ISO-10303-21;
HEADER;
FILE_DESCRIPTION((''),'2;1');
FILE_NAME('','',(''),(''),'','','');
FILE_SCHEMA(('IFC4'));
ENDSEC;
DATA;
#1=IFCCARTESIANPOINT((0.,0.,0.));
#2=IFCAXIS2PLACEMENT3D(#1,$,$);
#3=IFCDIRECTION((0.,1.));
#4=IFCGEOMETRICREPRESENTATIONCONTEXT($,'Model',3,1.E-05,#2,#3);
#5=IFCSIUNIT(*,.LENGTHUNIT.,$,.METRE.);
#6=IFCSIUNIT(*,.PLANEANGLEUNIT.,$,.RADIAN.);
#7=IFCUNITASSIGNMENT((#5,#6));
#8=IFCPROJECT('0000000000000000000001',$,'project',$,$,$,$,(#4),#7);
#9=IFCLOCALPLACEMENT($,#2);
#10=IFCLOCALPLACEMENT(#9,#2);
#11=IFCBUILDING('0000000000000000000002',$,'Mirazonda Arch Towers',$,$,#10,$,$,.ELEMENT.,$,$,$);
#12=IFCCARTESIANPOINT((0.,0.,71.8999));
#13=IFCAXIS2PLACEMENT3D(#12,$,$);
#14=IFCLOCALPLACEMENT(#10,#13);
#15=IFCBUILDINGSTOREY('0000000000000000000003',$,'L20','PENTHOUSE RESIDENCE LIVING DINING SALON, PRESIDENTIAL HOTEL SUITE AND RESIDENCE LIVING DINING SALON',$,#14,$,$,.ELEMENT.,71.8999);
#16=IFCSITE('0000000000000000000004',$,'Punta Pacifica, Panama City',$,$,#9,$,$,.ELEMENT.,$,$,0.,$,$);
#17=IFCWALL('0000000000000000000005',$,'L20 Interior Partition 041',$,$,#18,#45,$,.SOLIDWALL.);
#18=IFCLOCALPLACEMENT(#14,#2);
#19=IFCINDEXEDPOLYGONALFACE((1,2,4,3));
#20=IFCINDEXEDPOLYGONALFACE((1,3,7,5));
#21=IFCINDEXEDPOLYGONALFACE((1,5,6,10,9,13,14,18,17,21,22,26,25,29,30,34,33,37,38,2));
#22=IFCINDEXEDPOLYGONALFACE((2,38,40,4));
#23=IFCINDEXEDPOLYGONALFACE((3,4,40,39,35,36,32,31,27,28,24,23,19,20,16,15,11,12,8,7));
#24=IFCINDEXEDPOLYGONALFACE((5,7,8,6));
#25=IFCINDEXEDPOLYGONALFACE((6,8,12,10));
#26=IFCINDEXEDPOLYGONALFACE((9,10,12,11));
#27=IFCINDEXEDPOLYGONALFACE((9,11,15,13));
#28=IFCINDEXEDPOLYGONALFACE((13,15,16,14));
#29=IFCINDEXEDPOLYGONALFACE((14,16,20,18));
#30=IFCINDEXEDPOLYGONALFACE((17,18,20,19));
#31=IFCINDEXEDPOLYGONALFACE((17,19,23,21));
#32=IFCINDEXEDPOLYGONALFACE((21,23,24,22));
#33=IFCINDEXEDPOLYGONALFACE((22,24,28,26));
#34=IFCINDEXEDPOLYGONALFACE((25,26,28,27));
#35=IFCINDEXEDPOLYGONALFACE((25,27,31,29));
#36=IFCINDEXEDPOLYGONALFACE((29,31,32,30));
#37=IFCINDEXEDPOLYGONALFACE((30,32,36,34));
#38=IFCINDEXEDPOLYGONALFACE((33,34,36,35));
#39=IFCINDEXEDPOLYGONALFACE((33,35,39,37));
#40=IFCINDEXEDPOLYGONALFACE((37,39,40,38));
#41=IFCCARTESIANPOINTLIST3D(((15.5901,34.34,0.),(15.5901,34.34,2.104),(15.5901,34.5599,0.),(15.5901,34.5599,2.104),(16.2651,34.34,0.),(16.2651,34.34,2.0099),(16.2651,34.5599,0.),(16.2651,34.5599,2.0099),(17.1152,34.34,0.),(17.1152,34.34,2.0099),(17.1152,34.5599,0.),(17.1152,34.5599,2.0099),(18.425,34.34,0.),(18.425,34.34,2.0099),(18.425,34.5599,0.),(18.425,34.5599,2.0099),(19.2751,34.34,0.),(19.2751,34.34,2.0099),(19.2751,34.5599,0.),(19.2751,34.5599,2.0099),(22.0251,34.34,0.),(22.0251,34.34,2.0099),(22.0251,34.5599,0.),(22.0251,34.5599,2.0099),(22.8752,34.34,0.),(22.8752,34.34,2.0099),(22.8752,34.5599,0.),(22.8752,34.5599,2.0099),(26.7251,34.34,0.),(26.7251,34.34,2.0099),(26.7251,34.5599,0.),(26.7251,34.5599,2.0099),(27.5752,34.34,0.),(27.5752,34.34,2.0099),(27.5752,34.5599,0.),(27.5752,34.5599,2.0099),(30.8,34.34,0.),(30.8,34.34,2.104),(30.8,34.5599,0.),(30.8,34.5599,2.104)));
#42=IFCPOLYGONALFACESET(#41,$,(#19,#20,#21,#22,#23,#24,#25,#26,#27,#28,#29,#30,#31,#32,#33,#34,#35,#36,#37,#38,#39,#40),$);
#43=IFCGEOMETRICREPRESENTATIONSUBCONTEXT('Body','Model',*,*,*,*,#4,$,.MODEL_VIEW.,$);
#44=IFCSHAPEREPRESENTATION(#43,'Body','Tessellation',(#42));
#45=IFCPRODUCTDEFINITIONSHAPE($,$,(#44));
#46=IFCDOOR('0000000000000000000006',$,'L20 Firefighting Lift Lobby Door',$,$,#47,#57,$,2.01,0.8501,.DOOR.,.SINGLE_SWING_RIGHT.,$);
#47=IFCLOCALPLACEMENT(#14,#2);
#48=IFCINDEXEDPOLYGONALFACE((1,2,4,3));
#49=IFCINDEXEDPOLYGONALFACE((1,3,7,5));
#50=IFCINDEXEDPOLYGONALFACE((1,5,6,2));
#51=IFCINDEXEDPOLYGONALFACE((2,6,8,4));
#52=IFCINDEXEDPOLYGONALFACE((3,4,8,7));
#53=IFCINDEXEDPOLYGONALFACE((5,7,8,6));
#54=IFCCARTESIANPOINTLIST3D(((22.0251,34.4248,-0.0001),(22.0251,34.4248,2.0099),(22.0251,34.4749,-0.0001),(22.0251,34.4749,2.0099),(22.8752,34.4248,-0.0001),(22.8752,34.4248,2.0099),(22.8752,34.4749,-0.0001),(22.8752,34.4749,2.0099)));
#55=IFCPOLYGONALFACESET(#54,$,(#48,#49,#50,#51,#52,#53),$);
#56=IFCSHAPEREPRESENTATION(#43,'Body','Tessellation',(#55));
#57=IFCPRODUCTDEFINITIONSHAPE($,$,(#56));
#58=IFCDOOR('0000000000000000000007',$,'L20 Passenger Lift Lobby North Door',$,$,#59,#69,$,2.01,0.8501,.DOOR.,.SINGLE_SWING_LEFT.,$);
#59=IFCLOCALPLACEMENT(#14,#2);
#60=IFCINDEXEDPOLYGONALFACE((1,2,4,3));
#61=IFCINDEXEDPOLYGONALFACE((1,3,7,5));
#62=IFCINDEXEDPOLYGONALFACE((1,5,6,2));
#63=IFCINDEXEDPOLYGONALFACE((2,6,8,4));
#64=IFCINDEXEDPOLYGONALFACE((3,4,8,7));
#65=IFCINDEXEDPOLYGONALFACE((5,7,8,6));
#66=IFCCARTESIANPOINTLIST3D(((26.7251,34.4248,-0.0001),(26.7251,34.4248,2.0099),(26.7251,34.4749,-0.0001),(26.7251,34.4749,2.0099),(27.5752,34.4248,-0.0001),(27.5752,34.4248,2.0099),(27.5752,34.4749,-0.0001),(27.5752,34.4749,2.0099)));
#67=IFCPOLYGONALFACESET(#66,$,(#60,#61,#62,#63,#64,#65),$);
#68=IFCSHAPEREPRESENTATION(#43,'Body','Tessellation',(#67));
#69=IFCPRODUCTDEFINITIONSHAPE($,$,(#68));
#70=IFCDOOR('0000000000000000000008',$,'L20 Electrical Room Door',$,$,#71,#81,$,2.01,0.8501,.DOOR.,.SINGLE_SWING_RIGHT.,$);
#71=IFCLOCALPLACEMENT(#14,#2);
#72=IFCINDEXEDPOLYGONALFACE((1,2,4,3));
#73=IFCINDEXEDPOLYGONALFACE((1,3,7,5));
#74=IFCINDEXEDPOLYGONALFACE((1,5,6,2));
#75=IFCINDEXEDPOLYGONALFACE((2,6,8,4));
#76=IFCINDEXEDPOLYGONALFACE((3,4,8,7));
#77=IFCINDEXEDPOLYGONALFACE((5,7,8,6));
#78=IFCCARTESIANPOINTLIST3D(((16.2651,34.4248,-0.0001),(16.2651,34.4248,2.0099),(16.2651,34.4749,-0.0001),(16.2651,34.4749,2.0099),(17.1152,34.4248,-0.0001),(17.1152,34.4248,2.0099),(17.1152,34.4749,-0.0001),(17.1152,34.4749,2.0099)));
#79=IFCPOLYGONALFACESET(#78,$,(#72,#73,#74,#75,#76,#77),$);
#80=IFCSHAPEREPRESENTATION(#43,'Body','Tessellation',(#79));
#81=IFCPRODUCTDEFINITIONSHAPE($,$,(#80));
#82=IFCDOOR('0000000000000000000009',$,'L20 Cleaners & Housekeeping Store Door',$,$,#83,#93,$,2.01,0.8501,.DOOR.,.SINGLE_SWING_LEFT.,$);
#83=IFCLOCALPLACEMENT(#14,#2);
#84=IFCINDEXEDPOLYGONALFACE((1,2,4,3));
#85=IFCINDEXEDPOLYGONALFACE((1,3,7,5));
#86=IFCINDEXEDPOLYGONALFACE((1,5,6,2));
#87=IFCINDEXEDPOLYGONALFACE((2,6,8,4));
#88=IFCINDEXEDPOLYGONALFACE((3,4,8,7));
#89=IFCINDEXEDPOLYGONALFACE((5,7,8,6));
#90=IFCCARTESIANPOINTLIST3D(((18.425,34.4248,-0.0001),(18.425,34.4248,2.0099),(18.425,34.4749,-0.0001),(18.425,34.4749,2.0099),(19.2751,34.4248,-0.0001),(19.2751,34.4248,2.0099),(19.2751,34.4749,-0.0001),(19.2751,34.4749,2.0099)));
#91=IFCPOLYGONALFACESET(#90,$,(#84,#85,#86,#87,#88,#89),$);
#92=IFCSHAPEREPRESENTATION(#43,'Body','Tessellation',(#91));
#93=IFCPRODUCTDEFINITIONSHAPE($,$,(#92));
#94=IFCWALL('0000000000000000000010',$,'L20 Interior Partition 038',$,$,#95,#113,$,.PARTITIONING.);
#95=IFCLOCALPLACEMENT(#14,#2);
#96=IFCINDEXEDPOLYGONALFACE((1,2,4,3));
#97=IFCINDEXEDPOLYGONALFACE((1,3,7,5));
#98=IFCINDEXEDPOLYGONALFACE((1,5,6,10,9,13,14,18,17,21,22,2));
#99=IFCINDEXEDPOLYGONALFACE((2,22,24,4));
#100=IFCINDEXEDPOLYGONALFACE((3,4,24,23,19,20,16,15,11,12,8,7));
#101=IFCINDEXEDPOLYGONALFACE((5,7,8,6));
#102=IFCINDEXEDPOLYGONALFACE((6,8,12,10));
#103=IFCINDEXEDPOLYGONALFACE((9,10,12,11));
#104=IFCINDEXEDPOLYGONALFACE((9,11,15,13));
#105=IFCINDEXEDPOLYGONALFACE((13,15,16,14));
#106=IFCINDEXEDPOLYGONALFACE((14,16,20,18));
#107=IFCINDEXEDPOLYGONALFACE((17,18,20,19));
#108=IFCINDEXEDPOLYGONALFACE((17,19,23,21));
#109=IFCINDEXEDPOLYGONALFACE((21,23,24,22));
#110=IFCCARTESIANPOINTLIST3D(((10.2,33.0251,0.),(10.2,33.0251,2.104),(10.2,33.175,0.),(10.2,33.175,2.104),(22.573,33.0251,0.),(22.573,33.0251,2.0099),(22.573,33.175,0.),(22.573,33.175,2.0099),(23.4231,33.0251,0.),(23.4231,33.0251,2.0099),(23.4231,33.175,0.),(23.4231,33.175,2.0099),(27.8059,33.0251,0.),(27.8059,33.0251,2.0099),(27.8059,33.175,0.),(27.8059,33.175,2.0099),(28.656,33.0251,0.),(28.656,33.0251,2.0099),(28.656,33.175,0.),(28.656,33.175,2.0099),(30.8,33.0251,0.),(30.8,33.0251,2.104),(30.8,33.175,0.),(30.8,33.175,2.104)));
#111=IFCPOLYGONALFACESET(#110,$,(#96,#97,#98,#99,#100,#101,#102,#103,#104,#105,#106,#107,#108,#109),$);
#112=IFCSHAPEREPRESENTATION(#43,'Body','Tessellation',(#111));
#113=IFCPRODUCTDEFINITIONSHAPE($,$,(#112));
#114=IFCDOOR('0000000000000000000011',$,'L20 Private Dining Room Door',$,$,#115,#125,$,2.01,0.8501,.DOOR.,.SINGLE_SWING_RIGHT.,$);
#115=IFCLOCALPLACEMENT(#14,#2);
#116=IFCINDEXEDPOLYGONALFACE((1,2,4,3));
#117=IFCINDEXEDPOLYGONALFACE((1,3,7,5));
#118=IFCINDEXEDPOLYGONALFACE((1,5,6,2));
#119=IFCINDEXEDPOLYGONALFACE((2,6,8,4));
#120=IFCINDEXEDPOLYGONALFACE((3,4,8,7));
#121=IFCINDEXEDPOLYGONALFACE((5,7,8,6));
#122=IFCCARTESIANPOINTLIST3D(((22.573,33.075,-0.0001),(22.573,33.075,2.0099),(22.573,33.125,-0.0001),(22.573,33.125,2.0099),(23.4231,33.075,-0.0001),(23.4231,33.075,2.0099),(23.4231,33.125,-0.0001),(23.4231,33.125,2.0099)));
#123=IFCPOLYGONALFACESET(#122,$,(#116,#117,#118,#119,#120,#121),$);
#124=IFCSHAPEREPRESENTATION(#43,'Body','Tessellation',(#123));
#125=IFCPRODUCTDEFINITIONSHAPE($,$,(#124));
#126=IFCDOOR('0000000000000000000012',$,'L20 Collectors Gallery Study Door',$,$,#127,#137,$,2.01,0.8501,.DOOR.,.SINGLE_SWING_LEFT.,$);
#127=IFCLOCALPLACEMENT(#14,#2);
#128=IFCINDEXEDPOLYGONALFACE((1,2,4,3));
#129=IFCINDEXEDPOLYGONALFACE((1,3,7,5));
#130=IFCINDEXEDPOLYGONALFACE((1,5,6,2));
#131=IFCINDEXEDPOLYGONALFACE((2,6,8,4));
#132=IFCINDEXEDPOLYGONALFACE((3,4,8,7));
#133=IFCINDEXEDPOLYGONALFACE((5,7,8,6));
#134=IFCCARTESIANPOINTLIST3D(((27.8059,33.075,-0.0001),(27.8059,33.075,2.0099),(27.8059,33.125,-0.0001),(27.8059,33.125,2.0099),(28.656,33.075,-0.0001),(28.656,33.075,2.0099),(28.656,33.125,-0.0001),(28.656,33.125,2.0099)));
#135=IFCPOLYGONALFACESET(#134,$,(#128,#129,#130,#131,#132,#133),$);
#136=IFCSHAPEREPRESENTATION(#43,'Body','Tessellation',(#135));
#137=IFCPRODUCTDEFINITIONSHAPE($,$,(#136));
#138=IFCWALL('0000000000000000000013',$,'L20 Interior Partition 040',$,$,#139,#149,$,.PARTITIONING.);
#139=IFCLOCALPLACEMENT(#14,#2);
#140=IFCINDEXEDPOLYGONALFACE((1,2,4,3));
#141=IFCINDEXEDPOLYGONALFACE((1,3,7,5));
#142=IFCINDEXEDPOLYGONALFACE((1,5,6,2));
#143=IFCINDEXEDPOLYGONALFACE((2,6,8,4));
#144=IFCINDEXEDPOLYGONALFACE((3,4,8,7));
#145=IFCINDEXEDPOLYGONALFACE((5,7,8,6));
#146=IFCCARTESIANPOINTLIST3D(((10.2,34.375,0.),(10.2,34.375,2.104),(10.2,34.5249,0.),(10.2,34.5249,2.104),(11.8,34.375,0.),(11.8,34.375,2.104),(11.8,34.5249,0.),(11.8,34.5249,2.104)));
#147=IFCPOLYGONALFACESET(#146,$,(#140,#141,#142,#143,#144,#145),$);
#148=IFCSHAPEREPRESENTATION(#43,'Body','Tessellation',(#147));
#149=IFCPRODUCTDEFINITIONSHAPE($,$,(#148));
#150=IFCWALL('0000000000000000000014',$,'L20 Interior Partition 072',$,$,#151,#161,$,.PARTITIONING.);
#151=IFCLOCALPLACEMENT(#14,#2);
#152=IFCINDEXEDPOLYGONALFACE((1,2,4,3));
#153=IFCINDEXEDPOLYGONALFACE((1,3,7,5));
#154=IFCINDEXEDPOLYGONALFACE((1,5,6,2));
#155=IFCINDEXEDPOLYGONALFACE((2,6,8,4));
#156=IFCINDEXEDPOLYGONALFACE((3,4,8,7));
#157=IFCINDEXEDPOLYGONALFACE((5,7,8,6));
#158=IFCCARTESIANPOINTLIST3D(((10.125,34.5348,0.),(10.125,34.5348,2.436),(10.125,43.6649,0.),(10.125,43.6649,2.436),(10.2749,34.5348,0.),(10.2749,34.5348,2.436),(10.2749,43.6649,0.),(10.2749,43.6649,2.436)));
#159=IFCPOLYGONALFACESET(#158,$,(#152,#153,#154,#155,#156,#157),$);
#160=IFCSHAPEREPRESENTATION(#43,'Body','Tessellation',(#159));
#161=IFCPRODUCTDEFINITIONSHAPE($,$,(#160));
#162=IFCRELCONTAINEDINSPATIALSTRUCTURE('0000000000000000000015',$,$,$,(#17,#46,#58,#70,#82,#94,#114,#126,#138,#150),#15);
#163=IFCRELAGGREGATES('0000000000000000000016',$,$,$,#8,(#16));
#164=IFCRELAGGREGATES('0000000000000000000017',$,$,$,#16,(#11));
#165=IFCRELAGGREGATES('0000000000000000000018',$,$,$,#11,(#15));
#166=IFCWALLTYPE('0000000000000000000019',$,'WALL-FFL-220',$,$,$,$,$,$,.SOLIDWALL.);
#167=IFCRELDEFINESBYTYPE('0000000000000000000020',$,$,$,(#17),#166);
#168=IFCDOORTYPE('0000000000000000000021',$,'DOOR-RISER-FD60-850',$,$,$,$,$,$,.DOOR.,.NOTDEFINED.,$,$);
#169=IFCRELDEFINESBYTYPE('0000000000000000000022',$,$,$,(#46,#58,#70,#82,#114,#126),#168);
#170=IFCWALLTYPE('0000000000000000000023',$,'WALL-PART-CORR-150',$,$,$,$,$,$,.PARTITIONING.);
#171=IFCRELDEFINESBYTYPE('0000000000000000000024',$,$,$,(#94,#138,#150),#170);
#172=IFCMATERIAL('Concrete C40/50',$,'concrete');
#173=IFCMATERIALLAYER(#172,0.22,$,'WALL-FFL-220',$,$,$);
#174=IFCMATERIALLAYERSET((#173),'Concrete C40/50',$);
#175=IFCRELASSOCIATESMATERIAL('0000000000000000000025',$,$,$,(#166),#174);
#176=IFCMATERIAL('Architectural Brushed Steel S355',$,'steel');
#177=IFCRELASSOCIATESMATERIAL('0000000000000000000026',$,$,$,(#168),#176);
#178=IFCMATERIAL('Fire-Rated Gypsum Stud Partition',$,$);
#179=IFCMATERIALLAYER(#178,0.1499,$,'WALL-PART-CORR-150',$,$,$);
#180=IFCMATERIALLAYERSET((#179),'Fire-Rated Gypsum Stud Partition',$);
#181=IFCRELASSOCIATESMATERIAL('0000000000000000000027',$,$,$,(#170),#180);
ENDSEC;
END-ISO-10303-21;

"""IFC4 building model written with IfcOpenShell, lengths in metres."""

from ifc_helpers import new_model, si_unit, direction, frame, frame_2d, origin, place, context, subcontext, project, spatial, rectangle, extrude, material, layer, layer_set, type_object, element, fill, save


model = new_model("IFC4")

# Units and contexts
model_context = context("Model", 3, precision=1e-05, world=origin(), true_north=direction((0.0, 1.0)))
body_context = subcontext(model_context, "Body", "Model", "MODEL_VIEW")
ifc_project = project(units=[si_unit("LENGTHUNIT", "METRE"), si_unit("PLANEANGLEUNIT", "RADIAN")], contexts=[model_context])

# Site, building, storey
site_placement = place(None, origin())
site = spatial("IfcSite", under=ifc_project, at=site_placement, Name="Punta Pacifica, Panama City", CompositionType="ELEMENT", RefElevation=0.0)
building_placement = place(site_placement, origin())
building = spatial("IfcBuilding", under=site, at=building_placement, Name="Mirazonda Arch Towers", CompositionType="ELEMENT")
storey_placement = place(building_placement, frame((0.0, 0.0, 71.8999)))
storey = spatial("IfcBuildingStorey", under=building, at=storey_placement, Name="L20", Description="PENTHOUSE RESIDENCE LIVING DINING SALON, PRESIDENTIAL HOTEL SUITE AND RESIDENCE LIVING DINING SALON", CompositionType="ELEMENT", Elevation=71.8999)

# Walls, openings, doors
ifc_material_1 = material(Name="Architectural Brushed Steel S355", Category="steel")
ifc_material_2 = material(Name="Concrete C40/50", Category="concrete")
ifc_layer_1 = layer(ifc_material_2, 0.22, Name="WALL-FFL-220")
ifc_layer_set_1 = layer_set([ifc_layer_1], Name="Concrete C40/50")
wall_type_1 = type_object("IfcWallType", Name="WALL-FFL-220", PredefinedType="SOLIDWALL", material=ifc_layer_set_1)
wall_1_placement = place(storey_placement, frame((15.5901, 34.45, 0.0), z_axis=(0.0, 0.0, 1.0), x_axis=(1.0, 0.0, 0.0)))
wall_1 = element("IfcWall", 1, at=wall_1_placement, inside=storey, type_object=wall_type_1, Name="L20 Interior Partition 041", PredefinedType="SOLIDWALL", context=body_context, shape_type="SweptSolid", body=[
    extrude(rectangle(XDim=15.21, YDim=0.22, at=frame_2d((7.605, 0.0))), origin(), (0.0, 0.0, 1.0), 2.104),
])
opening_1_placement = place(wall_1_placement, frame((6.4351, 0.0, 0.0)))
opening_1 = element("IfcOpeningElement", 2, at=opening_1_placement, cuts=wall_1, PredefinedType="OPENING", context=body_context, shape_type="SweptSolid", body=[
    extrude(rectangle(XDim=0.8501, YDim=2.01, at=frame_2d((0.425, 1.0049))), frame((0.0, 0.1199, 0.0), z_axis=(0.0, -1.0, 0.0), x_axis=(1.0, 0.0, 0.0)), (0.0, 0.0, 1.0), 0.24),
])
opening_2_placement = place(wall_1_placement, frame((11.135, 0.0, 0.0)))
opening_2 = element("IfcOpeningElement", 3, at=opening_2_placement, cuts=wall_1, PredefinedType="OPENING", context=body_context, shape_type="SweptSolid", body=[
    extrude(rectangle(XDim=0.8501, YDim=2.01, at=frame_2d((0.425, 1.0049))), frame((0.0, 0.1199, 0.0), z_axis=(0.0, -1.0, 0.0), x_axis=(1.0, 0.0, 0.0)), (0.0, 0.0, 1.0), 0.24),
])
opening_3_placement = place(wall_1_placement, frame((0.675, 0.0, 0.0)))
opening_3 = element("IfcOpeningElement", 4, at=opening_3_placement, cuts=wall_1, PredefinedType="OPENING", context=body_context, shape_type="SweptSolid", body=[
    extrude(rectangle(XDim=0.8501, YDim=2.01, at=frame_2d((0.425, 1.0049))), frame((0.0, 0.1199, 0.0), z_axis=(0.0, -1.0, 0.0), x_axis=(1.0, 0.0, 0.0)), (0.0, 0.0, 1.0), 0.24),
])
opening_4_placement = place(wall_1_placement, frame((2.835, 0.0, 0.0)))
opening_4 = element("IfcOpeningElement", 5, at=opening_4_placement, cuts=wall_1, PredefinedType="OPENING", context=body_context, shape_type="SweptSolid", body=[
    extrude(rectangle(XDim=0.8501, YDim=2.01, at=frame_2d((0.425, 1.0049))), frame((0.0, 0.1199, 0.0), z_axis=(0.0, -1.0, 0.0), x_axis=(1.0, 0.0, 0.0)), (0.0, 0.0, 1.0), 0.24),
])
door_type_1 = type_object("IfcDoorType", Name="DOOR-RISER-FD60-850", OperationType="NOTDEFINED", PredefinedType="DOOR", material=ifc_material_1)
door_1_placement = place(opening_1_placement, origin())
door_1 = element("IfcDoor", 6, at=door_1_placement, inside=storey, type_object=door_type_1, Name="L20 Firefighting Lift Lobby Door", OperationType="SINGLE_SWING_RIGHT", OverallHeight=2.01, OverallWidth=0.8501, PredefinedType="DOOR", context=body_context, shape_type="SweptSolid", body=[
    extrude(rectangle(XDim=0.8501, YDim=2.01, at=frame_2d((0.425, 1.0049))), frame((0.0, 0.0249, 0.0), z_axis=(0.0, -1.0, 0.0), x_axis=(1.0, 0.0, 0.0)), (0.0, 0.0, 1.0), 0.05),
])
fill(opening_1, door_1)
door_2_placement = place(opening_2_placement, origin())
door_2 = element("IfcDoor", 7, at=door_2_placement, inside=storey, type_object=door_type_1, Name="L20 Passenger Lift Lobby North Door", OperationType="SINGLE_SWING_LEFT", OverallHeight=2.01, OverallWidth=0.8501, PredefinedType="DOOR", context=body_context, shape_type="SweptSolid", body=[
    extrude(rectangle(XDim=0.8501, YDim=2.01, at=frame_2d((0.425, 1.0049))), frame((0.0, 0.0249, 0.0), z_axis=(0.0, -1.0, 0.0), x_axis=(1.0, 0.0, 0.0)), (0.0, 0.0, 1.0), 0.05),
])
fill(opening_2, door_2)
door_3_placement = place(opening_3_placement, origin())
door_3 = element("IfcDoor", 8, at=door_3_placement, inside=storey, type_object=door_type_1, Name="L20 Electrical Room Door", OperationType="SINGLE_SWING_RIGHT", OverallHeight=2.01, OverallWidth=0.8501, PredefinedType="DOOR", context=body_context, shape_type="SweptSolid", body=[
    extrude(rectangle(XDim=0.8501, YDim=2.01, at=frame_2d((0.425, 1.0049))), frame((0.0, 0.0249, 0.0), z_axis=(0.0, -1.0, 0.0), x_axis=(1.0, 0.0, 0.0)), (0.0, 0.0, 1.0), 0.05),
])
fill(opening_3, door_3)
door_4_placement = place(opening_4_placement, origin())
door_4 = element("IfcDoor", 9, at=door_4_placement, inside=storey, type_object=door_type_1, Name="L20 Cleaners & Housekeeping Store Door", OperationType="SINGLE_SWING_LEFT", OverallHeight=2.01, OverallWidth=0.8501, PredefinedType="DOOR", context=body_context, shape_type="SweptSolid", body=[
    extrude(rectangle(XDim=0.8501, YDim=2.01, at=frame_2d((0.425, 1.0049))), frame((0.0, 0.0249, 0.0), z_axis=(0.0, -1.0, 0.0), x_axis=(1.0, 0.0, 0.0)), (0.0, 0.0, 1.0), 0.05),
])
fill(opening_4, door_4)
ifc_material_3 = material(Name="Fire-Rated Gypsum Stud Partition")
ifc_layer_2 = layer(ifc_material_3, 0.1499, Name="WALL-PART-CORR-150")
ifc_layer_set_2 = layer_set([ifc_layer_2], Name="Fire-Rated Gypsum Stud Partition")
wall_type_2 = type_object("IfcWallType", Name="WALL-PART-CORR-150", PredefinedType="PARTITIONING", material=ifc_layer_set_2)
wall_2_placement = place(storey_placement, frame((10.2, 33.1001, 0.0), z_axis=(0.0, 0.0, 1.0), x_axis=(1.0, 0.0, 0.0)))
wall_2 = element("IfcWall", 10, at=wall_2_placement, inside=storey, type_object=wall_type_2, Name="L20 Interior Partition 038", PredefinedType="PARTITIONING", context=body_context, shape_type="SweptSolid", body=[
    extrude(rectangle(XDim=20.6001, YDim=0.1499, at=frame_2d((10.3, 0.0))), origin(), (0.0, 0.0, 1.0), 2.104),
])
opening_5_placement = place(wall_2_placement, frame((12.373, 0.0, 0.0)))
opening_5 = element("IfcOpeningElement", 11, at=opening_5_placement, cuts=wall_2, PredefinedType="OPENING", context=body_context, shape_type="SweptSolid", body=[
    extrude(rectangle(XDim=0.8501, YDim=2.01, at=frame_2d((0.425, 1.0049))), frame((0.0, 0.085, 0.0), z_axis=(0.0, -1.0, 0.0), x_axis=(1.0, 0.0, 0.0)), (0.0, 0.0, 1.0), 0.1699),
])
opening_6_placement = place(wall_2_placement, frame((17.606, 0.0, 0.0)))
opening_6 = element("IfcOpeningElement", 12, at=opening_6_placement, cuts=wall_2, PredefinedType="OPENING", context=body_context, shape_type="SweptSolid", body=[
    extrude(rectangle(XDim=0.8501, YDim=2.01, at=frame_2d((0.425, 1.0049))), frame((0.0, 0.085, 0.0), z_axis=(0.0, -1.0, 0.0), x_axis=(1.0, 0.0, 0.0)), (0.0, 0.0, 1.0), 0.1699),
])
door_5_placement = place(opening_5_placement, origin())
door_5 = element("IfcDoor", 13, at=door_5_placement, inside=storey, type_object=door_type_1, Name="L20 Private Dining Room Door", OperationType="SINGLE_SWING_RIGHT", OverallHeight=2.01, OverallWidth=0.8501, PredefinedType="DOOR", context=body_context, shape_type="SweptSolid", body=[
    extrude(rectangle(XDim=0.8501, YDim=2.01, at=frame_2d((0.425, 1.0049))), frame((0.0, 0.0249, 0.0), z_axis=(0.0, -1.0, 0.0), x_axis=(1.0, 0.0, 0.0)), (0.0, 0.0, 1.0), 0.05),
])
fill(opening_5, door_5)
door_6_placement = place(opening_6_placement, origin())
door_6 = element("IfcDoor", 14, at=door_6_placement, inside=storey, type_object=door_type_1, Name="L20 Collectors Gallery Study Door", OperationType="SINGLE_SWING_LEFT", OverallHeight=2.01, OverallWidth=0.8501, PredefinedType="DOOR", context=body_context, shape_type="SweptSolid", body=[
    extrude(rectangle(XDim=0.8501, YDim=2.01, at=frame_2d((0.425, 1.0049))), frame((0.0, 0.0249, 0.0), z_axis=(0.0, -1.0, 0.0), x_axis=(1.0, 0.0, 0.0)), (0.0, 0.0, 1.0), 0.05),
])
fill(opening_6, door_6)

# Walls
wall_3_placement = place(storey_placement, frame((10.2, 34.45, 0.0), z_axis=(0.0, 0.0, 1.0), x_axis=(1.0, 0.0, 0.0)))
element("IfcWall", 15, at=wall_3_placement, inside=storey, type_object=wall_type_2, Name="L20 Interior Partition 040", PredefinedType="PARTITIONING", context=body_context, shape_type="SweptSolid", body=[
    extrude(rectangle(XDim=1.6001, YDim=0.1499, at=frame_2d((0.8, 0.0))), origin(), (0.0, 0.0, 1.0), 2.104),
])
wall_4_placement = place(storey_placement, frame((10.2, 34.5349, 0.0), z_axis=(0.0, 0.0, 1.0), x_axis=(0.0, 1.0, 0.0)))
element("IfcWall", 16, at=wall_4_placement, inside=storey, type_object=wall_type_2, Name="L20 Interior Partition 072", PredefinedType="PARTITIONING", context=body_context, shape_type="SweptSolid", body=[
    extrude(rectangle(XDim=9.1301, YDim=0.1499, at=frame_2d((4.5649, 0.0))), origin(), (0.0, 0.0, 1.0), 2.436),
])

save(model, "model.ifc")
